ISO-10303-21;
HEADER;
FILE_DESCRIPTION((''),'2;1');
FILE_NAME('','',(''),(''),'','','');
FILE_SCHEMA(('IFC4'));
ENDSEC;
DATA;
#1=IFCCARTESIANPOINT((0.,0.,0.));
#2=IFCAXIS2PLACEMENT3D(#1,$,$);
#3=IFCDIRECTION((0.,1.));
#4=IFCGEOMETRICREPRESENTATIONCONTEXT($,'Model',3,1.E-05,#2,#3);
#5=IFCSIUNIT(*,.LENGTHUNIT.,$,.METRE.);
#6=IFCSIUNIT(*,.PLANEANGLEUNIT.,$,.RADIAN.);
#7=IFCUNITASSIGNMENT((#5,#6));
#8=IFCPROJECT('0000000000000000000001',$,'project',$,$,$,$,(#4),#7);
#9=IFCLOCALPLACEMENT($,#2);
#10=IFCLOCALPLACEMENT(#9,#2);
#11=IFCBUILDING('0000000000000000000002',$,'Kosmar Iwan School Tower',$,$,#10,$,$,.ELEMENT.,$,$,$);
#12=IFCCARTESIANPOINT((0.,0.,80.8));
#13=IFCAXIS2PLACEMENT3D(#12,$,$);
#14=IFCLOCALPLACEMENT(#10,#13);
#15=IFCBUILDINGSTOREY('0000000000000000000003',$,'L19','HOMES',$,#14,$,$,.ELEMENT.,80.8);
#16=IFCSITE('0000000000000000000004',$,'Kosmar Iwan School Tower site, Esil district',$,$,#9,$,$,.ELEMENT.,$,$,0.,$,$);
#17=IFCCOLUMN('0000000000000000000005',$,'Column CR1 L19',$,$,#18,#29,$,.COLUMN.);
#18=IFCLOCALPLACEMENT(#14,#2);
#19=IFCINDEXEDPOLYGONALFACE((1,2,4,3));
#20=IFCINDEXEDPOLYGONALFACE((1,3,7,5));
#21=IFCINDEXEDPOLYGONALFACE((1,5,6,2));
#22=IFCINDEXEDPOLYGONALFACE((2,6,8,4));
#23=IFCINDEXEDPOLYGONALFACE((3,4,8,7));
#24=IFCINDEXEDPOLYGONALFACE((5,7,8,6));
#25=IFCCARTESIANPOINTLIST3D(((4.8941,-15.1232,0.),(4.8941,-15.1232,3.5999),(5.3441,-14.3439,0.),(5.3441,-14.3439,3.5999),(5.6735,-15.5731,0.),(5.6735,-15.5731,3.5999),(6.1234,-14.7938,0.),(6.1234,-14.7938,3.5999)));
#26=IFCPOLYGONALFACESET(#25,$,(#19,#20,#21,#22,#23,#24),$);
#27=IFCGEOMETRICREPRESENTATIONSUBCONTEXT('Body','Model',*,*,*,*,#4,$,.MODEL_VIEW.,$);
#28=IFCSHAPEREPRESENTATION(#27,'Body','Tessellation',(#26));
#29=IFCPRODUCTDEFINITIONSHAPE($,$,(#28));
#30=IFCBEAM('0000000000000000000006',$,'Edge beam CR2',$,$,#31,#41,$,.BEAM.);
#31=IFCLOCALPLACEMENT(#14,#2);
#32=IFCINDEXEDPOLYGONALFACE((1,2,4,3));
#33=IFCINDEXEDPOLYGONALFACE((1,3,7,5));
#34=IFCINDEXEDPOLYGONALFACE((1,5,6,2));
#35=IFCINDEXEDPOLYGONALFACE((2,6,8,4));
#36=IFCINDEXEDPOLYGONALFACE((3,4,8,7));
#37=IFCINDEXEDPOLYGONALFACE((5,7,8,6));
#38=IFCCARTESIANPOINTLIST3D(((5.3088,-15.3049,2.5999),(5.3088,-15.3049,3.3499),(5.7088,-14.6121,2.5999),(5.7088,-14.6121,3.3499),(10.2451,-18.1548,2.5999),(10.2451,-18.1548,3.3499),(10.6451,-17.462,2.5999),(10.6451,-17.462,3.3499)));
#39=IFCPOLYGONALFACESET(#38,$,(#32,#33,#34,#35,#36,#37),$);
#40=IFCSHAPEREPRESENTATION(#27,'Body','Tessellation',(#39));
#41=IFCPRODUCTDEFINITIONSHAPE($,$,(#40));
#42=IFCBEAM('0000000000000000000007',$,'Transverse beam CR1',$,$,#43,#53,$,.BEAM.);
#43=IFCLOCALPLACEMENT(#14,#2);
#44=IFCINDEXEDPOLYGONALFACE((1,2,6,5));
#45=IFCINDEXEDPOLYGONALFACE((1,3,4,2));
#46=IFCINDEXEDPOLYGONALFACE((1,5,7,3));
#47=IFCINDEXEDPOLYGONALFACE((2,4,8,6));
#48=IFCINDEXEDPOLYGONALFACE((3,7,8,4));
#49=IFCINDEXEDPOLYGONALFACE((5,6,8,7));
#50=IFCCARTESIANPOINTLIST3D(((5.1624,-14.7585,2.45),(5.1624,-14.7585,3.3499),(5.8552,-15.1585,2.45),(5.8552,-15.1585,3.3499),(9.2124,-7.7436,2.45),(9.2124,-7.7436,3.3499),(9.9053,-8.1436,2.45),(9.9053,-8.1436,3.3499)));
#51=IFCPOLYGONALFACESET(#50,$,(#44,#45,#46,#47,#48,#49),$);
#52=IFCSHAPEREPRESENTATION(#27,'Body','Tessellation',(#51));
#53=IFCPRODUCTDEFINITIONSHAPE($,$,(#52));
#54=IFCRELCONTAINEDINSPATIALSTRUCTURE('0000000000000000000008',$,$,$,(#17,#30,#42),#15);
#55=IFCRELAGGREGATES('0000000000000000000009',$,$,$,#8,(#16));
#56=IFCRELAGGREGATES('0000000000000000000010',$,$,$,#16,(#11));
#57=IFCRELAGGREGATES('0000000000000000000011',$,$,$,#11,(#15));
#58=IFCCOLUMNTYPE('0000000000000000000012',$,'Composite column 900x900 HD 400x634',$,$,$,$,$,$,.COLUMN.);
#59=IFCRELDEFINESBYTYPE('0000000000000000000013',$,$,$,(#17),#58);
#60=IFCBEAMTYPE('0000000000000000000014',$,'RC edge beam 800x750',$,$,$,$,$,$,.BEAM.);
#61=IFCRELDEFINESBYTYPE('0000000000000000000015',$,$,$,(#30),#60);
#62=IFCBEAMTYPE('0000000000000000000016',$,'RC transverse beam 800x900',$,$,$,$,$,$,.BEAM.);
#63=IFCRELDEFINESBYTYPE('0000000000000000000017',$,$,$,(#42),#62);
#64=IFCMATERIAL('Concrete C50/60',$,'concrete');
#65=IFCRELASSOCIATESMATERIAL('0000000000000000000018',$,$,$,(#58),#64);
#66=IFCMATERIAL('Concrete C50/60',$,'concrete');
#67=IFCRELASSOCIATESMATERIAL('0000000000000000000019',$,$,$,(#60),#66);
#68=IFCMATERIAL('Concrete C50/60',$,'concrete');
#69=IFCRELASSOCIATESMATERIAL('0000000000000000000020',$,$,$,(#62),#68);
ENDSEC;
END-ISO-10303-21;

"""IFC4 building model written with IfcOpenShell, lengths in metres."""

from ifc_helpers import new_model, si_unit, direction, frame, origin, origin_2d, place, context, subcontext, project, spatial, rectangle, extrude, material, material_profile, profile_set, type_object, element, save


model = new_model("IFC4")

# Units and contexts
model_context = context("Model", 3, precision=1e-05, world=origin(), true_north=direction((0.0, 1.0)))
body_context = subcontext(model_context, "Body", "Model", "MODEL_VIEW")
ifc_project = project(units=[si_unit("LENGTHUNIT", "METRE"), si_unit("PLANEANGLEUNIT", "RADIAN")], contexts=[model_context])

# Site, building, storey
site_placement = place(None, origin())
site = spatial("IfcSite", under=ifc_project, at=site_placement, Name="Kosmar Iwan School Tower site, Esil district", CompositionType="ELEMENT", RefElevation=0.0)
building_placement = place(site_placement, origin())
building = spatial("IfcBuilding", under=site, at=building_placement, Name="Kosmar Iwan School Tower", CompositionType="ELEMENT")
storey_placement = place(building_placement, frame((0.0, 0.0, 80.8)))
storey = spatial("IfcBuildingStorey", under=building, at=storey_placement, Name="L19", Description="HOMES", CompositionType="ELEMENT", Elevation=80.8)

# Column
ifc_material_1 = material(Name="Concrete C50/60", Category="concrete")
ifc_material_profile_1 = material_profile(ifc_material_1, rectangle(XDim=0.8999, YDim=0.8999, at=origin_2d()), Name="RC 900x900 + HD 400x634")
ifc_profile_set_1 = profile_set([ifc_material_profile_1], Name="Concrete C50/60")
column_type = type_object("IfcColumnType", Name="Composite column 900x900 HD 400x634", PredefinedType="COLUMN", material=ifc_profile_set_1)
column_placement = place(storey_placement, frame((5.5088, -14.9585, 0.0), z_axis=(0.0, 0.0, 1.0), x_axis=(0.866025, -0.5, 0.0)))
element("IfcColumn", 1, at=column_placement, inside=storey, type_object=column_type, Name="Column CR1 L19", PredefinedType="COLUMN", context=body_context, shape_type="SweptSolid", body=[
    extrude(rectangle(XDim=0.8999, YDim=0.8999, at=origin_2d()), origin(), (0.0, 0.0, 1.0), 3.5999),
])

# Beams
ifc_material_2 = material(Name="Concrete C50/60", Category="concrete")
ifc_material_profile_2 = material_profile(ifc_material_2, rectangle(XDim=0.8, YDim=0.75, at=origin_2d()), Name="RC 800x750")
ifc_profile_set_2 = profile_set([ifc_material_profile_2], Name="Concrete C50/60")
beam_type_1 = type_object("IfcBeamType", Name="RC edge beam 800x750", PredefinedType="BEAM", material=ifc_profile_set_2)
beam_1_placement = place(storey_placement, frame((5.5088, -14.9585, 2.9749), z_axis=(0.866034, -0.499986, 0.0), x_axis=(0.499986, 0.866034, 0.0)))
element("IfcBeam", 2, at=beam_1_placement, inside=storey, type_object=beam_type_1, Name="Edge beam CR2", PredefinedType="BEAM", context=body_context, shape_type="SweptSolid", body=[
    extrude(rectangle(XDim=0.8, YDim=0.75, at=origin_2d()), origin(), (0.0, 0.0, 1.0), 5.7),
])
ifc_material_3 = material(Name="Concrete C50/60", Category="concrete")
ifc_material_profile_3 = material_profile(ifc_material_3, rectangle(XDim=0.8, YDim=0.8999, at=origin_2d()), Name="RC 800x900")
ifc_profile_set_3 = profile_set([ifc_material_profile_3], Name="Concrete C50/60")
beam_type_2 = type_object("IfcBeamType", Name="RC transverse beam 800x900", PredefinedType="BEAM", material=ifc_profile_set_3)
beam_2_placement = place(storey_placement, frame((5.5088, -14.9585, 2.8999), z_axis=(0.5, 0.866025, 0.0), x_axis=(-0.866025, 0.5, 0.0)))
element("IfcBeam", 3, at=beam_2_placement, inside=storey, type_object=beam_type_2, Name="Transverse beam CR1", PredefinedType="BEAM", context=body_context, shape_type="SweptSolid", body=[
    extrude(rectangle(XDim=0.8, YDim=0.8999, at=origin_2d()), origin(), (0.0, 0.0, 1.0), 8.1001),
])

save(model, "model.ifc")
